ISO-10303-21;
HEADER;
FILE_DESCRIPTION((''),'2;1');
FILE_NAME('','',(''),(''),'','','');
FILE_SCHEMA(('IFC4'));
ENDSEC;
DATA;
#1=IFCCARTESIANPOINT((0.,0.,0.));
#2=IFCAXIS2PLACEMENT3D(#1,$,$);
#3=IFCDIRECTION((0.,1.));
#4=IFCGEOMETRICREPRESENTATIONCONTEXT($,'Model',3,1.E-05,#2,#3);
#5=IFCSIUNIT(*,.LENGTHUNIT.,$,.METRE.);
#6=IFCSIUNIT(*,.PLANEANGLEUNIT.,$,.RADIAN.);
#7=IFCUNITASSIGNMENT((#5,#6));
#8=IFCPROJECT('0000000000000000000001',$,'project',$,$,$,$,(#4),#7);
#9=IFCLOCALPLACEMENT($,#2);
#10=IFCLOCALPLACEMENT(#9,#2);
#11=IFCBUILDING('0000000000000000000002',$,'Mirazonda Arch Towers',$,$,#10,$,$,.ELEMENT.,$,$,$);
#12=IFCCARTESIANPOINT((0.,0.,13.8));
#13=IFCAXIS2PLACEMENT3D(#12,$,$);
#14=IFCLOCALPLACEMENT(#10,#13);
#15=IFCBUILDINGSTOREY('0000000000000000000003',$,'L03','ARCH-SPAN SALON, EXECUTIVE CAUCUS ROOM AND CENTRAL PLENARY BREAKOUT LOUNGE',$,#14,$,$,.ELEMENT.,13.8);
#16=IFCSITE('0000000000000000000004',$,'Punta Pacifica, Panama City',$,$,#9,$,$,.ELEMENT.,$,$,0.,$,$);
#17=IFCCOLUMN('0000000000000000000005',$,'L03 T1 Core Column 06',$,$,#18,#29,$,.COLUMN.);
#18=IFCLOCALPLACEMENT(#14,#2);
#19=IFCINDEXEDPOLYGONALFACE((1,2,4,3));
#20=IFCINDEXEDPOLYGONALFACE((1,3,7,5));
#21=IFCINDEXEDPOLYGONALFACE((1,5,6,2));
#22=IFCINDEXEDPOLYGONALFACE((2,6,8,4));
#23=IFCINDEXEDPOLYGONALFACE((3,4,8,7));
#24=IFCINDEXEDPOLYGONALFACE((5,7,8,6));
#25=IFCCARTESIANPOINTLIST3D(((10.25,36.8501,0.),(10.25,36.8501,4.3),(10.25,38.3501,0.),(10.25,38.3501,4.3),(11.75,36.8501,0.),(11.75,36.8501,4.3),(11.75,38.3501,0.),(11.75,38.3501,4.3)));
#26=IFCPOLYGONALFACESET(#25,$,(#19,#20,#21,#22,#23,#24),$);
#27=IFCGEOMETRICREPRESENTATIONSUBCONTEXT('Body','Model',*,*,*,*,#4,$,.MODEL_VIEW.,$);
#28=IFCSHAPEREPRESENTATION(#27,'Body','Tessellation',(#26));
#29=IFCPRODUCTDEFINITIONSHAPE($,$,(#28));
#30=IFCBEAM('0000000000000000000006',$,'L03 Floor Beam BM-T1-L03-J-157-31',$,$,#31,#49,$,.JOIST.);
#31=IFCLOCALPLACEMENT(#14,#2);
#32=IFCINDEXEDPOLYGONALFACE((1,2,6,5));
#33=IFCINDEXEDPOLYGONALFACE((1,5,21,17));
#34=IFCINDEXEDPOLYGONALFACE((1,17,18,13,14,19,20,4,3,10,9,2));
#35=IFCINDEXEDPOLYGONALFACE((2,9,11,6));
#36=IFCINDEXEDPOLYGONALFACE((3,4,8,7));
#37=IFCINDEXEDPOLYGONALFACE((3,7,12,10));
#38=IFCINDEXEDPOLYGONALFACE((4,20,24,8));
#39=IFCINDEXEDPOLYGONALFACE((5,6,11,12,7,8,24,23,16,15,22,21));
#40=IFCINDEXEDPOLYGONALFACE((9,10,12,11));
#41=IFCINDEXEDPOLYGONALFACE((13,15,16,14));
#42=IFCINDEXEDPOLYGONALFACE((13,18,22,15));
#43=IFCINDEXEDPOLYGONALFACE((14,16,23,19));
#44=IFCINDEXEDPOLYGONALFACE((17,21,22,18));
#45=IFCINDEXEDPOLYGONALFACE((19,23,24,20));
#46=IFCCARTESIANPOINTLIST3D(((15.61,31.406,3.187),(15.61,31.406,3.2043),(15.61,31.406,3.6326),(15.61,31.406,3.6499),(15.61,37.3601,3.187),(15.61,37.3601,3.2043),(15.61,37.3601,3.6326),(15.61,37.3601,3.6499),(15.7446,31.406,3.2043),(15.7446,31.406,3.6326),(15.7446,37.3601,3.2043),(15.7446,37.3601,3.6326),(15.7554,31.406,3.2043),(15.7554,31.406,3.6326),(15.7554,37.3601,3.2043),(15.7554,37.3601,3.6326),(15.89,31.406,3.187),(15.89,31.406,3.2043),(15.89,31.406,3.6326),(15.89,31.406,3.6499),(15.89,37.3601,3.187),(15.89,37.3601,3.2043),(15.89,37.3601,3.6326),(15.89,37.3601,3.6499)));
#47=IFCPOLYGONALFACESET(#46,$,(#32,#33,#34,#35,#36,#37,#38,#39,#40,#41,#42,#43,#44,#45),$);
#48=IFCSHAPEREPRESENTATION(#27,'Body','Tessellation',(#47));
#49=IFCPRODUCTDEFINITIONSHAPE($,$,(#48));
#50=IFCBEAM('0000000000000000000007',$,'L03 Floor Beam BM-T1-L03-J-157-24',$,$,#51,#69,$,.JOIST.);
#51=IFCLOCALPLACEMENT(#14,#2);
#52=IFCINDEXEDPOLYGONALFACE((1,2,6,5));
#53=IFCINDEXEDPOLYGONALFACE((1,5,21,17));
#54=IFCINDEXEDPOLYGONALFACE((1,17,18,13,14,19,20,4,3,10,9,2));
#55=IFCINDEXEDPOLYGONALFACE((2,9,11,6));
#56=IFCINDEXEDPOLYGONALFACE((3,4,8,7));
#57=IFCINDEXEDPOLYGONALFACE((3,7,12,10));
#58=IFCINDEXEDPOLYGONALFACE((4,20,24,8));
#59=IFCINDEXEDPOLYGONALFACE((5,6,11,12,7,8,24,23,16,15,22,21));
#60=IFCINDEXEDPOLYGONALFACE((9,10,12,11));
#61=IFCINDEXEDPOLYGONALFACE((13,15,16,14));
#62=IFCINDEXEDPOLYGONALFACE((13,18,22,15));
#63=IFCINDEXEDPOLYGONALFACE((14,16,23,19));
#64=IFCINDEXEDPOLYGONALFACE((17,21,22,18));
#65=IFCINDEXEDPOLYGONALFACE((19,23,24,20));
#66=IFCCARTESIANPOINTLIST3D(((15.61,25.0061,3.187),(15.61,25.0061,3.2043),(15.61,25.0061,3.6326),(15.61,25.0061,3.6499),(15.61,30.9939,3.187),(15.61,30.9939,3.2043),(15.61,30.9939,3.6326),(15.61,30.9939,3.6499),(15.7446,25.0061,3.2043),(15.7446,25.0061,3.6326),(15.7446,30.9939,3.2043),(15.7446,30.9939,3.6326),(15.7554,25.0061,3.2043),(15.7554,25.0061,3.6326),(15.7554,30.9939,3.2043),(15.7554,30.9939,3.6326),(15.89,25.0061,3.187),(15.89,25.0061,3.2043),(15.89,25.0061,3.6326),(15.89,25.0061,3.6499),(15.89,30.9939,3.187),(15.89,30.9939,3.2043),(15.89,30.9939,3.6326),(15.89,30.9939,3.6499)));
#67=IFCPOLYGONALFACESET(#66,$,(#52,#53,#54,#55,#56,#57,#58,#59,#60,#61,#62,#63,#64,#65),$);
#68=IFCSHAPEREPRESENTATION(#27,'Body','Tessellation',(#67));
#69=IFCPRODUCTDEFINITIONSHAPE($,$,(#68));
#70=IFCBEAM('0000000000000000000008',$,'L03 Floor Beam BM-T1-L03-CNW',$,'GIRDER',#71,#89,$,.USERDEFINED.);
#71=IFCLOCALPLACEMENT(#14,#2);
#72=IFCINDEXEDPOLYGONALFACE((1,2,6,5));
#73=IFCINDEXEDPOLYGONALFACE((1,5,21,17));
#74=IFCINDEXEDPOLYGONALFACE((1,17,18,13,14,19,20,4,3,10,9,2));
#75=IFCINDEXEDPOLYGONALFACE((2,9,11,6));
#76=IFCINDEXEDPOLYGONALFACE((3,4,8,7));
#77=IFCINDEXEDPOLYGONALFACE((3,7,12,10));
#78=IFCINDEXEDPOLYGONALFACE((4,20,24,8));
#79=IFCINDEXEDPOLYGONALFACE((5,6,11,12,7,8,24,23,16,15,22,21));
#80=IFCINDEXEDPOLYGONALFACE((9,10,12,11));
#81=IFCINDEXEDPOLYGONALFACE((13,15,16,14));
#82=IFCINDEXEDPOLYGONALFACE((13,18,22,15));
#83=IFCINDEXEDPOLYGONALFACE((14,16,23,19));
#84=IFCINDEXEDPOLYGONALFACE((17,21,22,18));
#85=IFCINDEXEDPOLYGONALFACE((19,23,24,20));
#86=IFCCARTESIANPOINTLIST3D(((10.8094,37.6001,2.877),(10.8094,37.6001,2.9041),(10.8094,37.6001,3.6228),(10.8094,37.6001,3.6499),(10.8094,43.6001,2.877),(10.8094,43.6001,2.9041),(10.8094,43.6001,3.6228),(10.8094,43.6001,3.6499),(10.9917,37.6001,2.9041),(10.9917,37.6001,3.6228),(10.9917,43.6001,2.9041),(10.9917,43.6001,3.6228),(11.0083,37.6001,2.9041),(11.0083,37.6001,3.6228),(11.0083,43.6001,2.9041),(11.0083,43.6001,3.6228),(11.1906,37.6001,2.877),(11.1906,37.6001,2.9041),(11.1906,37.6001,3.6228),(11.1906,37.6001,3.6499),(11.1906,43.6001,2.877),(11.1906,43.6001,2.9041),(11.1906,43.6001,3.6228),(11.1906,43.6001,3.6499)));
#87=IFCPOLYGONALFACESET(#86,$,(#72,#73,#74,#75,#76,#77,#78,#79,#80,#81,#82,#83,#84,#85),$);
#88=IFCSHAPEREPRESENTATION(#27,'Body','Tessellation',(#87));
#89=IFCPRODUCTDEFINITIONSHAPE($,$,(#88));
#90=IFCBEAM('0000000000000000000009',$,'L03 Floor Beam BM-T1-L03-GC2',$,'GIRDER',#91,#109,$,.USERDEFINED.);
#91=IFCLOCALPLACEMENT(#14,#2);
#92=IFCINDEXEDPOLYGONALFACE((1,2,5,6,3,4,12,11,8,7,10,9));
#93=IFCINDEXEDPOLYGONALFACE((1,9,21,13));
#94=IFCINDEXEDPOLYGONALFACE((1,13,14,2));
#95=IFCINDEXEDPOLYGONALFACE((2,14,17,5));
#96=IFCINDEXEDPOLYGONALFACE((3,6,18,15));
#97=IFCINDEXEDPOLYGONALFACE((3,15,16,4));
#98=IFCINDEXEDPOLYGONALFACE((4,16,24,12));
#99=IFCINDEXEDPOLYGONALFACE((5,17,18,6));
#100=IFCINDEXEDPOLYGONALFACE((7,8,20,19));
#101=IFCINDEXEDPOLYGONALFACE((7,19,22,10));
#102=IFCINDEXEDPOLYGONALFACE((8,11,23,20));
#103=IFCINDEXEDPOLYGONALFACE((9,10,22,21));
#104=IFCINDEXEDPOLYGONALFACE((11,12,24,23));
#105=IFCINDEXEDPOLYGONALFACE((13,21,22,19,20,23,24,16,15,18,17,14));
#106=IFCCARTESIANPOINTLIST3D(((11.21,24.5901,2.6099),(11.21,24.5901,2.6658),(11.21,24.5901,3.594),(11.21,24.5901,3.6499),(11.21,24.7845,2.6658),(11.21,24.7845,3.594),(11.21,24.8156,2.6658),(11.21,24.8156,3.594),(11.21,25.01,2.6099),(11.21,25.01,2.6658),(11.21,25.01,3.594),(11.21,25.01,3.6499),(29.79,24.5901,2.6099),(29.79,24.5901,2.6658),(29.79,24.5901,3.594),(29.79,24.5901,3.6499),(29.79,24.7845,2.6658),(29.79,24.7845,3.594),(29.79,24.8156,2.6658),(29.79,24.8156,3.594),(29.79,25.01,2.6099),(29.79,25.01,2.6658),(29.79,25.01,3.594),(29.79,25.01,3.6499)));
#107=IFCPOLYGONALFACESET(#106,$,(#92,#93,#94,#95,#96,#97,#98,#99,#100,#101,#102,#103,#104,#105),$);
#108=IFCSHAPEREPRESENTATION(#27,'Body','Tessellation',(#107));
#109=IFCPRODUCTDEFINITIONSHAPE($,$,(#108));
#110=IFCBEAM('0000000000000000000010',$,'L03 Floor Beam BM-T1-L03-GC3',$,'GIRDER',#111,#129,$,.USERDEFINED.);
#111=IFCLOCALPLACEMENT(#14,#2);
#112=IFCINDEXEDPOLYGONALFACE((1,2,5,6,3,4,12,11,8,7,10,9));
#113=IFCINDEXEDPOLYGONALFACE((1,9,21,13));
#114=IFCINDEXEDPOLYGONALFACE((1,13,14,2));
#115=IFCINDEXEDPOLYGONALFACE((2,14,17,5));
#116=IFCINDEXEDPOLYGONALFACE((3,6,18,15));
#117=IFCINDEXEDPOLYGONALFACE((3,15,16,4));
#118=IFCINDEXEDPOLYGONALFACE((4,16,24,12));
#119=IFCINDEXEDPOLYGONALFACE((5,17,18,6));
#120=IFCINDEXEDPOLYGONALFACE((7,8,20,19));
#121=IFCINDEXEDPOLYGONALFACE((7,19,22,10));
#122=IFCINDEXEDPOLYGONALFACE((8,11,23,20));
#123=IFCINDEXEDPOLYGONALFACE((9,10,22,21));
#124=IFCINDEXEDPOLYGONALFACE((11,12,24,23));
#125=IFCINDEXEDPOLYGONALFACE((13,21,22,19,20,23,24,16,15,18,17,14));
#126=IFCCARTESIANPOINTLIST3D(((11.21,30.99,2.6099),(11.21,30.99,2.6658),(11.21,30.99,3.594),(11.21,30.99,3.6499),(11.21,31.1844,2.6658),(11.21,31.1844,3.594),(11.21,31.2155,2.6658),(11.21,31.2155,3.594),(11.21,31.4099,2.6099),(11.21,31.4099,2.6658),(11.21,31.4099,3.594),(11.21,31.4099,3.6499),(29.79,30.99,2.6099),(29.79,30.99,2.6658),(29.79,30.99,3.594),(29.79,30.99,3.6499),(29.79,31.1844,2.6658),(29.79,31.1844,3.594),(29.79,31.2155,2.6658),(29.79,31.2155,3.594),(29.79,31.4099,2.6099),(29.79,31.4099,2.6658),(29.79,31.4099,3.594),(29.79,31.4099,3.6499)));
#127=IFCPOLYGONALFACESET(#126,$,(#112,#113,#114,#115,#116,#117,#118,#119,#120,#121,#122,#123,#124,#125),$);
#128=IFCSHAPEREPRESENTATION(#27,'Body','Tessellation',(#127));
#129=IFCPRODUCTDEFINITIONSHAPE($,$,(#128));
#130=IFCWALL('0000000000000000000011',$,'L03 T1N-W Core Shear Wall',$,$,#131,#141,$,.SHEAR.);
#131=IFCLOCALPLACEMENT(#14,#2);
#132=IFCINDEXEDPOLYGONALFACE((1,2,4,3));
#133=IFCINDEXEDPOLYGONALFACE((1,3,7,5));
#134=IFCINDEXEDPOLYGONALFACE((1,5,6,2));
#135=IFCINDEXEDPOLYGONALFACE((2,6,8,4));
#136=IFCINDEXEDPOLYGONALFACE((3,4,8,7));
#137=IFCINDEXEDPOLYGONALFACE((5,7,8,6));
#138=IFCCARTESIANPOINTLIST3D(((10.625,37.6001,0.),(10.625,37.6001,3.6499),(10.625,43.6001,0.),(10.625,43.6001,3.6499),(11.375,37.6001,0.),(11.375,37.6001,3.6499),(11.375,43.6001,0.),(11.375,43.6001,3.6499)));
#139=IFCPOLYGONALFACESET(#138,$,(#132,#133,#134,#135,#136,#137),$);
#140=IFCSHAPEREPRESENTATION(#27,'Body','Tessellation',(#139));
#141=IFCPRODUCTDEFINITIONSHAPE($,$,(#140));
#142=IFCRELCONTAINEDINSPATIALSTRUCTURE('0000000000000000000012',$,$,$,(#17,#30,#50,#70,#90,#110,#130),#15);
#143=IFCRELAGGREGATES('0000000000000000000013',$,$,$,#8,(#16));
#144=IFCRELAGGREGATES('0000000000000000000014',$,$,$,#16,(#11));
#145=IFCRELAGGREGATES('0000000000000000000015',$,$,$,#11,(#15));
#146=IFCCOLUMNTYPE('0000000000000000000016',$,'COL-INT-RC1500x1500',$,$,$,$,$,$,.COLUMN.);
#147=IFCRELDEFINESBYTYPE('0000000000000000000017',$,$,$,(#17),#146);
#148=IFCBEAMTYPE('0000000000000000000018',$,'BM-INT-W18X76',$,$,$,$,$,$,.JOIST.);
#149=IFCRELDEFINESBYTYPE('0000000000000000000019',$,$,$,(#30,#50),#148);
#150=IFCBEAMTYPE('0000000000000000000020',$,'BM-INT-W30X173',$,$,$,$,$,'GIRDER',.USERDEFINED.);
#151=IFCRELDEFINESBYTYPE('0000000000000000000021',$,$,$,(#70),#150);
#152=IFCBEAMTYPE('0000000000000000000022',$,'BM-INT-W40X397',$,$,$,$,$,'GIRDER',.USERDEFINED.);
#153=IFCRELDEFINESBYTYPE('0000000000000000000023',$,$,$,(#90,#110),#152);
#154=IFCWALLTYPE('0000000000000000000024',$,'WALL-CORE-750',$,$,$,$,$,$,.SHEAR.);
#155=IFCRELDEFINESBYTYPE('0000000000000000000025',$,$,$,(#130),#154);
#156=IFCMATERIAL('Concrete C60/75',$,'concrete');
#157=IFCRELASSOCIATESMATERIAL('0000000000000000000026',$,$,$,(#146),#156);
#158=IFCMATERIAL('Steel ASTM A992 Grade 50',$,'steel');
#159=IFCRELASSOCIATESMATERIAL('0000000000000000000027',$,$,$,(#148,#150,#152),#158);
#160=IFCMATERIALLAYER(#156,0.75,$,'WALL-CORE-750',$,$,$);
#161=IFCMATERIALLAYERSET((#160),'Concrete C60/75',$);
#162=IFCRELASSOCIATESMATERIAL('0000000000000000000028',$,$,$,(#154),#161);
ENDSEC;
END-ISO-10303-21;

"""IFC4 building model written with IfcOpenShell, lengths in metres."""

from ifc_helpers import new_model, si_unit, direction, frame, frame_2d, origin, origin_2d, place, context, subcontext, project, spatial, rectangle, i_section, extrude, material, layer, layer_set, material_profile, profile_set, type_object, element, save


model = new_model("IFC4")

# Units and contexts
model_context = context("Model", 3, precision=1e-05, world=origin(), true_north=direction((0.0, 1.0)))
body_context = subcontext(model_context, "Body", "Model", "MODEL_VIEW")
ifc_project = project(units=[si_unit("LENGTHUNIT", "METRE"), si_unit("PLANEANGLEUNIT", "RADIAN")], contexts=[model_context])

# Site, building, storey
site_placement = place(None, origin())
site = spatial("IfcSite", under=ifc_project, at=site_placement, Name="Punta Pacifica, Panama City", CompositionType="ELEMENT", RefElevation=0.0)
building_placement = place(site_placement, origin())
building = spatial("IfcBuilding", under=site, at=building_placement, Name="Mirazonda Arch Towers", CompositionType="ELEMENT")
storey_placement = place(building_placement, frame((0.0, 0.0, 13.8)))
storey = spatial("IfcBuildingStorey", under=building, at=storey_placement, Name="L03", Description="ARCH-SPAN SALON, EXECUTIVE CAUCUS ROOM AND CENTRAL PLENARY BREAKOUT LOUNGE", CompositionType="ELEMENT", Elevation=13.8)

# Column
ifc_material_1 = material(Name="Concrete C60/75", Category="concrete")
ifc_material_profile_1 = material_profile(ifc_material_1, rectangle(XDim=1.5, YDim=1.5, at=origin_2d()), Name="RC1500x1500")
ifc_profile_set_1 = profile_set([ifc_material_profile_1], Name="Concrete C60/75")
column_type = type_object("IfcColumnType", Name="COL-INT-RC1500x1500", PredefinedType="COLUMN", material=ifc_profile_set_1)
column_placement = place(storey_placement, frame((11.0, 37.6001, 0.0), z_axis=(0.0, 0.0, 1.0), x_axis=(1.0, 0.0, 0.0)))
element("IfcColumn", 1, at=column_placement, inside=storey, type_object=column_type, Name="L03 T1 Core Column 06", PredefinedType="COLUMN", context=body_context, shape_type="SweptSolid", body=[
    extrude(rectangle(XDim=1.5, YDim=1.5, at=origin_2d()), origin(), (0.0, 0.0, 1.0), 4.3),
])

# Beams
ifc_material_2 = material(Name="Steel ASTM A992 Grade 50", Category="steel")
ifc_material_profile_2 = material_profile(ifc_material_2, i_section(OverallWidth=0.28, OverallDepth=0.4629, WebThickness=0.0107, FlangeThickness=0.0173, at=origin_2d()), Name="W18X76")
ifc_profile_set_2 = profile_set([ifc_material_profile_2], Name="Steel ASTM A992 Grade 50")
beam_type_1 = type_object("IfcBeamType", Name="BM-INT-W18X76", PredefinedType="JOIST", material=ifc_profile_set_2)
beam_1_placement = place(storey_placement, frame((15.75, 31.406, 3.4185), z_axis=(0.0, 1.0, 0.0), x_axis=(-1.0, 0.0, 0.0)))
element("IfcBeam", 2, at=beam_1_placement, inside=storey, type_object=beam_type_1, Name="L03 Floor Beam BM-T1-L03-J-157-31", PredefinedType="JOIST", context=body_context, shape_type="SweptSolid", body=[
    extrude(i_section(OverallWidth=0.28, OverallDepth=0.4629, WebThickness=0.0107, FlangeThickness=0.0173, at=origin_2d()), origin(), (0.0, 0.0, 1.0), 5.9541),
])
beam_2_placement = place(storey_placement, frame((15.75, 25.0061, 3.4185), z_axis=(0.0, 1.0, 0.0), x_axis=(-1.0, 0.0, 0.0)))
element("IfcBeam", 3, at=beam_2_placement, inside=storey, type_object=beam_type_1, Name="L03 Floor Beam BM-T1-L03-J-157-24", PredefinedType="JOIST", context=body_context, shape_type="SweptSolid", body=[
    extrude(i_section(OverallWidth=0.28, OverallDepth=0.4629, WebThickness=0.0107, FlangeThickness=0.0173, at=origin_2d()), origin(), (0.0, 0.0, 1.0), 5.9878),
])
ifc_material_profile_3 = material_profile(ifc_material_2, i_section(OverallWidth=0.3811, OverallDepth=0.7729, WebThickness=0.0166, FlangeThickness=0.0271, at=origin_2d()), Name="W30X173")
ifc_profile_set_3 = profile_set([ifc_material_profile_3], Name="Steel ASTM A992 Grade 50")
beam_type_2 = type_object("IfcBeamType", Name="BM-INT-W30X173", ElementType="GIRDER", PredefinedType="USERDEFINED", material=ifc_profile_set_3)
beam_3_placement = place(storey_placement, frame((11.0, 37.6001, 3.2634), z_axis=(0.0, 1.0, 0.0), x_axis=(-1.0, 0.0, 0.0)))
element("IfcBeam", 4, at=beam_3_placement, inside=storey, type_object=beam_type_2, Name="L03 Floor Beam BM-T1-L03-CNW", ObjectType="GIRDER", PredefinedType="USERDEFINED", context=body_context, shape_type="SweptSolid", body=[
    extrude(i_section(OverallWidth=0.3811, OverallDepth=0.7729, WebThickness=0.0166, FlangeThickness=0.0271, at=origin_2d()), origin(), (0.0, 0.0, 1.0), 6.0),
])
ifc_material_profile_4 = material_profile(ifc_material_2, i_section(OverallWidth=0.4199, OverallDepth=1.04, WebThickness=0.031, FlangeThickness=0.0559, at=origin_2d()), Name="W40X397")
ifc_profile_set_4 = profile_set([ifc_material_profile_4], Name="Steel ASTM A992 Grade 50")
beam_type_3 = type_object("IfcBeamType", Name="BM-INT-W40X397", ElementType="GIRDER", PredefinedType="USERDEFINED", material=ifc_profile_set_4)
for number, where, z_axis, x_axis, name in (
    (5, (11.21, 24.8, 3.1299), (1.0, 0.0, 0.0), (0.0, 1.0, 0.0), "L03 Floor Beam BM-T1-L03-GC2"),
    (6, (11.21, 31.2, 3.1299), (1.0, 0.0, 0.0), (0.0, 1.0, 0.0), "L03 Floor Beam BM-T1-L03-GC3"),
):
    element("IfcBeam", number, at=place(storey_placement, frame(where, z_axis=z_axis, x_axis=x_axis)), inside=storey, type_object=beam_type_3, Name=name, ObjectType="GIRDER", PredefinedType="USERDEFINED", context=body_context, shape_type="SweptSolid", body=[
        extrude(i_section(OverallWidth=0.4199, OverallDepth=1.04, WebThickness=0.031, FlangeThickness=0.0559, at=origin_2d()), origin(), (0.0, 0.0, 1.0), 18.5801),
    ])

# Wall
ifc_layer_1 = layer(ifc_material_1, 0.75, Name="WALL-CORE-750")
ifc_layer_set_1 = layer_set([ifc_layer_1], Name="Concrete C60/75")
wall_type_1 = type_object("IfcWallType", Name="WALL-CORE-750", PredefinedType="SHEAR", material=ifc_layer_set_1)
wall_1_placement = place(storey_placement, frame((11.0, 37.6001, 0.0), z_axis=(0.0, 0.0, 1.0), x_axis=(0.0, 1.0, 0.0)))
element("IfcWall", 7, at=wall_1_placement, inside=storey, type_object=wall_type_1, Name="L03 T1N-W Core Shear Wall", PredefinedType="SHEAR", context=body_context, shape_type="SweptSolid", body=[
    extrude(rectangle(XDim=6.0, YDim=0.75, at=frame_2d((3.0, 0.0))), origin(), (0.0, 0.0, 1.0), 3.6499),
])

save(model, "model.ifc")
